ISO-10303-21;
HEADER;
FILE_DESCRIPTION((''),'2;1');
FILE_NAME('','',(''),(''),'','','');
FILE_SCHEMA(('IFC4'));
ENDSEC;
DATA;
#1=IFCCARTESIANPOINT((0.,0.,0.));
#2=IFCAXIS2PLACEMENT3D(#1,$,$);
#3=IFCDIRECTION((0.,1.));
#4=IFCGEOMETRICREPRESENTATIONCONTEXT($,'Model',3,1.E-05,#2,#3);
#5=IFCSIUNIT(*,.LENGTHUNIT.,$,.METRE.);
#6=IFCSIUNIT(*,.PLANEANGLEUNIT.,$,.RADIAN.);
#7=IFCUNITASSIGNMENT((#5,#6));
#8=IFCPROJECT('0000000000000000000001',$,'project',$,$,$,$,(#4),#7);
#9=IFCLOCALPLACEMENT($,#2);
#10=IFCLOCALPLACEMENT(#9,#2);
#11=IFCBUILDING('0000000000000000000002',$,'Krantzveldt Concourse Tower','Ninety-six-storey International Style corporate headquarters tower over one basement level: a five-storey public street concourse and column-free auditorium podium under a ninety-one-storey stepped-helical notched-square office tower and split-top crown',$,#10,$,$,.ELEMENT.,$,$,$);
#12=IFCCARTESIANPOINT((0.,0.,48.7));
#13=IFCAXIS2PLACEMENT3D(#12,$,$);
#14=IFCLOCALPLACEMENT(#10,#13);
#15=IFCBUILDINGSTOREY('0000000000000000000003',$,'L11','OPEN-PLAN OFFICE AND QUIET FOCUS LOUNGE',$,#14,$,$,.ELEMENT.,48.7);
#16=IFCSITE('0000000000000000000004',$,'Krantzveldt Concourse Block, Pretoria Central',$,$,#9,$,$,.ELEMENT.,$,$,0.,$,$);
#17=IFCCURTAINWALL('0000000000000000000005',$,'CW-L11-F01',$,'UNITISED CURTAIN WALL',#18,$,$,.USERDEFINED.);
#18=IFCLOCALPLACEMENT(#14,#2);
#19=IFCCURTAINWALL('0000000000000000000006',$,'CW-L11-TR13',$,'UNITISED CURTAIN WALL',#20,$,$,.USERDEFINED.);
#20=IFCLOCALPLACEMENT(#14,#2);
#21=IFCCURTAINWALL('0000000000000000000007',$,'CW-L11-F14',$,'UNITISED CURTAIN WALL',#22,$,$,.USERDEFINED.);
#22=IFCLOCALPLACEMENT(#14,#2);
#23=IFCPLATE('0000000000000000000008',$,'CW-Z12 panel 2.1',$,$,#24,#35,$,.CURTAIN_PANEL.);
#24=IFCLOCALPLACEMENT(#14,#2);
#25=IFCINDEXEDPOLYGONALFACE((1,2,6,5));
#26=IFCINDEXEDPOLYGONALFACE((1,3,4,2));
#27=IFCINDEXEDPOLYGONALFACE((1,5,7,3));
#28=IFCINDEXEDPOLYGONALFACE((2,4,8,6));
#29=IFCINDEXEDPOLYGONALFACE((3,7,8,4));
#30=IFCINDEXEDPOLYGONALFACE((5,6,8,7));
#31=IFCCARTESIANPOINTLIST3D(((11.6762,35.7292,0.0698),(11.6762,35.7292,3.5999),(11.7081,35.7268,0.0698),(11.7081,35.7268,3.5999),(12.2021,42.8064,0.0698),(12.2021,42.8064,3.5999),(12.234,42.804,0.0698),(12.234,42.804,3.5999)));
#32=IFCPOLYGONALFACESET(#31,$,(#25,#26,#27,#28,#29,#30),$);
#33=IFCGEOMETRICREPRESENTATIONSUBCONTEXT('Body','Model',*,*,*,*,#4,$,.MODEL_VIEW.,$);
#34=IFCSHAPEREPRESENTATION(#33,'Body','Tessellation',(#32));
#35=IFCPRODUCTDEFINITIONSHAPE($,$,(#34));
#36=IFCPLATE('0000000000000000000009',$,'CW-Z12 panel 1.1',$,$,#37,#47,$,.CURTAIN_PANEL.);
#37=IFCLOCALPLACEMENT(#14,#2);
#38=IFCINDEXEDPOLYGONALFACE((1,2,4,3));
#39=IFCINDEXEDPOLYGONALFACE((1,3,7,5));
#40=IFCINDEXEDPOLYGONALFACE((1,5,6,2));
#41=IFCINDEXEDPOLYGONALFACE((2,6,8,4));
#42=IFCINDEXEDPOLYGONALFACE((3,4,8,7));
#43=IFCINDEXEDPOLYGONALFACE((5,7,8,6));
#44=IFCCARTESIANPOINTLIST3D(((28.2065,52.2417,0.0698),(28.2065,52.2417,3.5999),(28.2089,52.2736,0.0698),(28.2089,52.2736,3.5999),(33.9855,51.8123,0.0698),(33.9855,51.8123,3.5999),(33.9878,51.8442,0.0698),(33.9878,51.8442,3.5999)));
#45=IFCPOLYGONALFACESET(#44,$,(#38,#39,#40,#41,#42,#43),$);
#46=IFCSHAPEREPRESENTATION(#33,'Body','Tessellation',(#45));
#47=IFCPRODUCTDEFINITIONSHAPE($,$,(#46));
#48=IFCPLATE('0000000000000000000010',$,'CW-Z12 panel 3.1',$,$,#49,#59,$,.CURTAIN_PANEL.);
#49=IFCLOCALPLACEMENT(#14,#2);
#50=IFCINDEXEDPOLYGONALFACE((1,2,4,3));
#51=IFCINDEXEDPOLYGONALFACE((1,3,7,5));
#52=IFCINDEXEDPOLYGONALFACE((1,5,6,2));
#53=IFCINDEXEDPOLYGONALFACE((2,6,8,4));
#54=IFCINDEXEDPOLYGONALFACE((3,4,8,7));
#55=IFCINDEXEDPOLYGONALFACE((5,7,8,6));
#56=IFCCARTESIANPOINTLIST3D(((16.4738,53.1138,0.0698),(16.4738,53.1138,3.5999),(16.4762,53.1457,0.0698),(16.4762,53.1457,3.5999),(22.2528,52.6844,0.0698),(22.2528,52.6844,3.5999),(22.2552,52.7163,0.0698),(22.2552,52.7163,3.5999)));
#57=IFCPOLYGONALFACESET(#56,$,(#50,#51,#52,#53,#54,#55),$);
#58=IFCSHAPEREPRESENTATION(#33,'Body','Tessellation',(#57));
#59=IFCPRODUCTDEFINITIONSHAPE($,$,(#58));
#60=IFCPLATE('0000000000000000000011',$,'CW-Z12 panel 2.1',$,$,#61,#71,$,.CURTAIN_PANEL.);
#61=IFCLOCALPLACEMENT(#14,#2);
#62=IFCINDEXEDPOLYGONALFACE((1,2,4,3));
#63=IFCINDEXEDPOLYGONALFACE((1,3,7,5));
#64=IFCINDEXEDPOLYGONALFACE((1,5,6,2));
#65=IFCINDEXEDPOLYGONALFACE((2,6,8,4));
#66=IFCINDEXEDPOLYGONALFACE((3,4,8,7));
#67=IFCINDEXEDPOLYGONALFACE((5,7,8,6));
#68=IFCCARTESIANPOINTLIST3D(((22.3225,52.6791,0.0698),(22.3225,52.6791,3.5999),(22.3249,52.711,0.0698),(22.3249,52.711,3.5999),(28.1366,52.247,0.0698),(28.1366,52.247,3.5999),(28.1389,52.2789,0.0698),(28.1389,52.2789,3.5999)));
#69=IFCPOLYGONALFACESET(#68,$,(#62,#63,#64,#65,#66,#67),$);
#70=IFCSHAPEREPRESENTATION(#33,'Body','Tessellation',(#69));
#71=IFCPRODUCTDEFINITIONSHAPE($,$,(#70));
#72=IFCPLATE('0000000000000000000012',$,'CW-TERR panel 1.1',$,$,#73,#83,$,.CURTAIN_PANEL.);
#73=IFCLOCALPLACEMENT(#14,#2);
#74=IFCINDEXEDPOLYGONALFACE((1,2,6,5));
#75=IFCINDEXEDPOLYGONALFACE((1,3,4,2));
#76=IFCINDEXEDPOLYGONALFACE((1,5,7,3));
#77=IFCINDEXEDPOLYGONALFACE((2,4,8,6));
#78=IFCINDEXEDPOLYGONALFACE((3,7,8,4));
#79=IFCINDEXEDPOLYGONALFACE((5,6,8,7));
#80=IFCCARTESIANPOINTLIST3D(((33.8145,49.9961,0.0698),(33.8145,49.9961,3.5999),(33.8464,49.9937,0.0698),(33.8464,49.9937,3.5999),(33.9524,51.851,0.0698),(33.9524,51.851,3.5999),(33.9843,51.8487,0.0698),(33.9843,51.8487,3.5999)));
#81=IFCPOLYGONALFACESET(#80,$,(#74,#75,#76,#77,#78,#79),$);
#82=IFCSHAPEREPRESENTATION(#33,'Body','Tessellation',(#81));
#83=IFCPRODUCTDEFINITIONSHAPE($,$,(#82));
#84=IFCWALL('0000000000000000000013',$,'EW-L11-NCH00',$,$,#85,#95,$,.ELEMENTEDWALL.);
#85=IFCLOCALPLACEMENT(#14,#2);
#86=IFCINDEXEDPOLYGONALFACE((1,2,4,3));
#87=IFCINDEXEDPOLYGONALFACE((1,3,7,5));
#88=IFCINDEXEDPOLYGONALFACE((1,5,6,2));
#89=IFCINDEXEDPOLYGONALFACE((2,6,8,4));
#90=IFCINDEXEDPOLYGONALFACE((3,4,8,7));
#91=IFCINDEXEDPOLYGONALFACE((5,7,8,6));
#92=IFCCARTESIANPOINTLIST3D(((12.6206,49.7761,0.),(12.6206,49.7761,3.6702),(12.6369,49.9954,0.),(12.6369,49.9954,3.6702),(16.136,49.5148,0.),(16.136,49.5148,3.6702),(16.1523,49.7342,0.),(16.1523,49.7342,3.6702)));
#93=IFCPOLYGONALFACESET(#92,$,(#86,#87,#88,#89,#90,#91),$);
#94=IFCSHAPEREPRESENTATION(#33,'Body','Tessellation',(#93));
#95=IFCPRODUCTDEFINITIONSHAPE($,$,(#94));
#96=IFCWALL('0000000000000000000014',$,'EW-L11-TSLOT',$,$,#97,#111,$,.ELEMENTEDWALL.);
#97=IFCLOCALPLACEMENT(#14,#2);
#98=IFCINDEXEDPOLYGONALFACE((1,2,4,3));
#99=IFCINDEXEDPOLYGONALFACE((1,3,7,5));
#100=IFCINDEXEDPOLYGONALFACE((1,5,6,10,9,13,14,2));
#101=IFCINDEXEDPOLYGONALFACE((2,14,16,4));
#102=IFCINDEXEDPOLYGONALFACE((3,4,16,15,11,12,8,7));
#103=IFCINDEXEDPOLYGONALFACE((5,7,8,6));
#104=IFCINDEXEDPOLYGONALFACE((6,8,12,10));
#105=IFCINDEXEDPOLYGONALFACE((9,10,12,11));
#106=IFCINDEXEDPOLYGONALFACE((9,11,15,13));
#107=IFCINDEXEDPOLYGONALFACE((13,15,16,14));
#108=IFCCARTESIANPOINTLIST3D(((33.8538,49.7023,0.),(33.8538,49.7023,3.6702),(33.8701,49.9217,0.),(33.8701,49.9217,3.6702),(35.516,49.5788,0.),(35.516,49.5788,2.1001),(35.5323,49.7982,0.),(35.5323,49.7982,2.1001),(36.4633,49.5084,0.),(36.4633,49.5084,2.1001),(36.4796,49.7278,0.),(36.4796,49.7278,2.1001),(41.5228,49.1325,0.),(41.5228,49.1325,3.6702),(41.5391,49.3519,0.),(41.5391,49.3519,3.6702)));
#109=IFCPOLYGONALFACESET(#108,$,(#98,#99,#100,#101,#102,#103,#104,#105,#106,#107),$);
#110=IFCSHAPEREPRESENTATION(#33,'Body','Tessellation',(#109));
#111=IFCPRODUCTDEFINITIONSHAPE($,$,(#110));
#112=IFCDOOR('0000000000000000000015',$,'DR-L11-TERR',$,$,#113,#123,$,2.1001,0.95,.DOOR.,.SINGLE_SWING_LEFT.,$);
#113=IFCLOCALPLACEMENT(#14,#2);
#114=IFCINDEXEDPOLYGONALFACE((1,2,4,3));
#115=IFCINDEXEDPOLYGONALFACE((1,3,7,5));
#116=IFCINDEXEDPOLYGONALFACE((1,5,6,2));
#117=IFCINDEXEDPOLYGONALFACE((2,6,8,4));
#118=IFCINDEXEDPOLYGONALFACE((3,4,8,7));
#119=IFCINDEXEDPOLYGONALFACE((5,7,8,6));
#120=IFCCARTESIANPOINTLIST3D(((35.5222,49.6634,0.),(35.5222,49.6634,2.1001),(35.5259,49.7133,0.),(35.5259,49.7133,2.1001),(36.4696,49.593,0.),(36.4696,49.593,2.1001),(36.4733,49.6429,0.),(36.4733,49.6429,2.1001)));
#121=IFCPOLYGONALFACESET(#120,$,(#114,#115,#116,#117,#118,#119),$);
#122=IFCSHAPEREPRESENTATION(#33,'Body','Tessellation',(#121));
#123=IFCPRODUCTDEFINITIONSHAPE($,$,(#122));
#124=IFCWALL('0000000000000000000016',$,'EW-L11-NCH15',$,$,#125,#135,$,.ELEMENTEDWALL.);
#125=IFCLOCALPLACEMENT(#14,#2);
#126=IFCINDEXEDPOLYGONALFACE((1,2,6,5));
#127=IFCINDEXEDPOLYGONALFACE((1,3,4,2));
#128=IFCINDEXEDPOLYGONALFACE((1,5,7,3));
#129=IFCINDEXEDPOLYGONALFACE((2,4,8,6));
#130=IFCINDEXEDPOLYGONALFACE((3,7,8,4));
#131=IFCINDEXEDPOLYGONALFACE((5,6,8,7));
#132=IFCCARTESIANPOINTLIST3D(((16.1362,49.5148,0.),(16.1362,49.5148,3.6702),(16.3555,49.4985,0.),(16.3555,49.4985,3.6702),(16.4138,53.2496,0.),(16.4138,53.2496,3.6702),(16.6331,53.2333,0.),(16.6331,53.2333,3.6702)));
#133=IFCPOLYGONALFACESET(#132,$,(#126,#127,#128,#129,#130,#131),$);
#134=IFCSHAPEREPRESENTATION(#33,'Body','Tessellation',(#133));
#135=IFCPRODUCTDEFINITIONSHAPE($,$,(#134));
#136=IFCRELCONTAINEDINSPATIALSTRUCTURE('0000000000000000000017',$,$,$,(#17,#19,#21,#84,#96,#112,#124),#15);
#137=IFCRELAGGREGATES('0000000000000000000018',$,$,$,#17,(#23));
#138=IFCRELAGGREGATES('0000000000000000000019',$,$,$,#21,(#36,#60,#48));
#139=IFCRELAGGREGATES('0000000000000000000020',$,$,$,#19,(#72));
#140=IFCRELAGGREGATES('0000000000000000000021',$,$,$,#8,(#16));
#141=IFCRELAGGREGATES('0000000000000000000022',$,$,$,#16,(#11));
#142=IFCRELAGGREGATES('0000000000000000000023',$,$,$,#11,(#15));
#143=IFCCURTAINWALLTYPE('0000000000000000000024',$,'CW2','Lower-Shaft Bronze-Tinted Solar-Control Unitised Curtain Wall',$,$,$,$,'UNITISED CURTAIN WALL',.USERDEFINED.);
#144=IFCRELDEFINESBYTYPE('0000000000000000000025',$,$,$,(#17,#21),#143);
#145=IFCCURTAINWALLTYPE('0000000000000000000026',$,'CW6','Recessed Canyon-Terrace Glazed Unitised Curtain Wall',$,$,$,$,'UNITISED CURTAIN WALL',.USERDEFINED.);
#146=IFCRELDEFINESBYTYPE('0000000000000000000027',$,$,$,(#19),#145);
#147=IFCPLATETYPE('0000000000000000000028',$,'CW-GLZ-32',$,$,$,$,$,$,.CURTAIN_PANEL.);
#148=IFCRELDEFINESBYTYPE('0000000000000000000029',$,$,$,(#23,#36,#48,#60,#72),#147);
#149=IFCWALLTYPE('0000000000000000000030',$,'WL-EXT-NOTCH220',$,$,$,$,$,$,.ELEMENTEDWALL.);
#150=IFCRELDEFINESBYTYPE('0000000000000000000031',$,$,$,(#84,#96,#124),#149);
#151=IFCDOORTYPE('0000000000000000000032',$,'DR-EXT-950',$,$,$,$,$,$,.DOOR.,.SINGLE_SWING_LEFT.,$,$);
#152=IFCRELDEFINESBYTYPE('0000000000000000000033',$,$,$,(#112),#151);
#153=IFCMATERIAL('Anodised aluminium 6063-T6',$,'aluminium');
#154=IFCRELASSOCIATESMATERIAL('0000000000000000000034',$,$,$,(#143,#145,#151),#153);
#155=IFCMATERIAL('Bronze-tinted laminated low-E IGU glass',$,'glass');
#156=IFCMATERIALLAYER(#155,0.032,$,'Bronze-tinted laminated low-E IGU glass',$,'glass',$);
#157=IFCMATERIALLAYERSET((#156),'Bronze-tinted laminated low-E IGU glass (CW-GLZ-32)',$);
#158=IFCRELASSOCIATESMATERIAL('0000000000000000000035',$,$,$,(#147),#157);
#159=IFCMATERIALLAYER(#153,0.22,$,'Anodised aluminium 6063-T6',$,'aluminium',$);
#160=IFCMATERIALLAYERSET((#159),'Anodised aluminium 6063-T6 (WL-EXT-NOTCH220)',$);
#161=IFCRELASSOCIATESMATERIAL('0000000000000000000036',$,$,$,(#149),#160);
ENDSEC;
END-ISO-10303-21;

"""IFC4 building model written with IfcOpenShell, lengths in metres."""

from ifc_helpers import new_model, si_unit, direction, frame, frame_2d, origin, origin_2d, place, context, subcontext, project, spatial, rectangle, extrude, source, transform, mapped, material, layer, layer_set, type_object, element, fill, aggregate, save


model = new_model("IFC4")

# Units and contexts
model_context = context("Model", 3, precision=1e-05, world=origin(), true_north=direction((0.0, 1.0)))
body_context = subcontext(model_context, "Body", "Model", "MODEL_VIEW")
ifc_project = project(units=[si_unit("LENGTHUNIT", "METRE"), si_unit("PLANEANGLEUNIT", "RADIAN")], contexts=[model_context])

# Site, building, storey
site_placement = place(None, origin())
site = spatial("IfcSite", under=ifc_project, at=site_placement, Name="Krantzveldt Concourse Block, Pretoria Central", CompositionType="ELEMENT", RefElevation=0.0)
building_placement = place(site_placement, origin())
building = spatial("IfcBuilding", under=site, at=building_placement, Name="Krantzveldt Concourse Tower", Description="Ninety-six-storey International Style corporate headquarters tower over one basement level: a five-storey public street concourse and column-free auditorium podium under a ninety-one-storey stepped-helical notched-square office tower and split-top crown", CompositionType="ELEMENT")
storey_placement = place(building_placement, frame((0.0, 0.0, 48.7)))
storey = spatial("IfcBuildingStorey", under=building, at=storey_placement, Name="L11", Description="OPEN-PLAN OFFICE AND QUIET FOCUS LOUNGE", CompositionType="ELEMENT", Elevation=48.7)

# Curtain walls
ifc_material_1 = material(Name="Anodised aluminium 6063-T6", Category="aluminium")
curtain_wall_type_1 = type_object("IfcCurtainWallType", Name="CW2", Description="Lower-Shaft Bronze-Tinted Solar-Control Unitised Curtain Wall", ElementType="UNITISED CURTAIN WALL", PredefinedType="USERDEFINED", material=ifc_material_1)
curtain_wall_1_placement = place(storey_placement, origin())
curtain_wall_1 = element("IfcCurtainWall", 1, at=curtain_wall_1_placement, inside=storey, type_object=curtain_wall_type_1, Name="CW-L11-F01", ObjectType="UNITISED CURTAIN WALL", PredefinedType="USERDEFINED")
curtain_wall_type_2 = type_object("IfcCurtainWallType", Name="CW6", Description="Recessed Canyon-Terrace Glazed Unitised Curtain Wall", ElementType="UNITISED CURTAIN WALL", PredefinedType="USERDEFINED", material=ifc_material_1)
curtain_wall_2_placement = place(storey_placement, origin())
curtain_wall_2 = element("IfcCurtainWall", 2, at=curtain_wall_2_placement, inside=storey, type_object=curtain_wall_type_2, Name="CW-L11-TR13", ObjectType="UNITISED CURTAIN WALL", PredefinedType="USERDEFINED")
curtain_wall_3_placement = place(storey_placement, origin())
curtain_wall_3 = element("IfcCurtainWall", 3, at=curtain_wall_3_placement, inside=storey, type_object=curtain_wall_type_1, Name="CW-L11-F14", ObjectType="UNITISED CURTAIN WALL", PredefinedType="USERDEFINED")

# Plates
ifc_material_2 = material(Name="Bronze-tinted laminated low-E IGU glass", Category="glass")
ifc_layer_1 = layer(ifc_material_2, 0.032, Name="Bronze-tinted laminated low-E IGU glass", Category="glass")
ifc_layer_set_1 = layer_set([ifc_layer_1], Name="Bronze-tinted laminated low-E IGU glass (CW-GLZ-32)")
plate_type = type_object("IfcPlateType", Name="CW-GLZ-32", PredefinedType="CURTAIN_PANEL", material=ifc_layer_set_1)
shared_shape_1 = source(origin(), body_context, "Body", "SweptSolid", [
    extrude(rectangle(XDim=7.0967, YDim=0.032, at=origin_2d()), origin(), (0.0, 0.0, 1.0), 3.53),
])
plate_1_placement = place(storey_placement, frame((11.9551, 39.2666, 0.0698), z_axis=(0.0, 0.0, 1.0), x_axis=(-0.074109, -0.99725, 0.0)))
plate_1 = element("IfcPlate", 4, at=plate_1_placement, type_object=plate_type, Name="CW-Z12 panel 2.1", PredefinedType="CURTAIN_PANEL", context=body_context, shape_type="MappedRepresentation", body=[
    mapped(shared_shape_1, transform((0.0, 0.0, 0.0), x_axis=(1.0, 0.0, 0.0), y_axis=(0.0, 1.0, 0.0), z_axis=(0.0, 0.0, 1.0), scale=1.0)),
])
aggregate(curtain_wall_1, [plate_1])
shared_shape_2 = source(origin(), body_context, "Body", "SweptSolid", [
    extrude(rectangle(XDim=5.7949, YDim=0.032, at=origin_2d()), origin(), (0.0, 0.0, 1.0), 3.53),
])
plate_2_placement = place(storey_placement, frame((31.0972, 52.043, 0.0698), z_axis=(0.0, 0.0, 1.0), x_axis=(-0.99725, 0.074108, 0.0)))
plate_2 = element("IfcPlate", 5, at=plate_2_placement, type_object=plate_type, Name="CW-Z12 panel 1.1", PredefinedType="CURTAIN_PANEL", context=body_context, shape_type="MappedRepresentation", body=[
    mapped(shared_shape_2, transform((0.0, 0.0, 0.0), x_axis=(1.0, 0.0, 0.0), y_axis=(0.0, 1.0, 0.0), z_axis=(0.0, 0.0, 1.0), scale=1.0)),
])
plate_3_placement = place(storey_placement, frame((19.3645, 52.915, 0.0698), z_axis=(0.0, 0.0, 1.0), x_axis=(-0.99725, 0.074108, 0.0)))
plate_3 = element("IfcPlate", 6, at=plate_3_placement, type_object=plate_type, Name="CW-Z12 panel 3.1", PredefinedType="CURTAIN_PANEL", context=body_context, shape_type="MappedRepresentation", body=[
    mapped(shared_shape_2, transform((0.0, 0.0, 0.0), x_axis=(1.0, 0.0, 0.0), y_axis=(0.0, 1.0, 0.0), z_axis=(0.0, 0.0, 1.0), scale=1.0)),
])
shared_shape_3 = source(origin(), body_context, "Body", "SweptSolid", [
    extrude(rectangle(XDim=5.8301, YDim=0.032, at=origin_2d()), origin(), (0.0, 0.0, 1.0), 3.53),
])
plate_4_placement = place(storey_placement, frame((25.2307, 52.479, 0.0698), z_axis=(0.0, 0.0, 1.0), x_axis=(-0.99725, 0.074108, 0.0)))
plate_4 = element("IfcPlate", 7, at=plate_4_placement, type_object=plate_type, Name="CW-Z12 panel 2.1", PredefinedType="CURTAIN_PANEL", context=body_context, shape_type="MappedRepresentation", body=[
    mapped(shared_shape_3, transform((0.0, 0.0, 0.0), x_axis=(1.0, 0.0, 0.0), y_axis=(0.0, 1.0, 0.0), z_axis=(0.0, 0.0, 1.0), scale=1.0)),
])
aggregate(curtain_wall_3, [plate_2, plate_4, plate_3])
shared_shape_4 = source(origin(), body_context, "Body", "SweptSolid", [
    extrude(rectangle(XDim=1.8601, YDim=0.032, at=origin_2d()), origin(), (0.0, 0.0, 1.0), 3.53),
])
plate_5_placement = place(storey_placement, frame((33.8994, 50.9224, 0.0698), z_axis=(0.0, 0.0, 1.0), x_axis=(0.07411, 0.99725, 0.0)))
plate_5 = element("IfcPlate", 8, at=plate_5_placement, type_object=plate_type, Name="CW-TERR panel 1.1", PredefinedType="CURTAIN_PANEL", context=body_context, shape_type="MappedRepresentation", body=[
    mapped(shared_shape_4, transform((0.0, 0.0, 0.0), x_axis=(1.0, 0.0, 0.0), y_axis=(0.0, 1.0, 0.0), z_axis=(0.0, 0.0, 1.0), scale=1.0)),
])
aggregate(curtain_wall_2, [plate_5])

# Wall
ifc_layer_2 = layer(ifc_material_1, 0.22, Name="Anodised aluminium 6063-T6", Category="aluminium")
ifc_layer_set_2 = layer_set([ifc_layer_2], Name="Anodised aluminium 6063-T6 (WL-EXT-NOTCH220)")
wall_type = type_object("IfcWallType", Name="WL-EXT-NOTCH220", PredefinedType="ELEMENTEDWALL", material=ifc_layer_set_2)
wall_1_placement = place(storey_placement, frame((16.1443, 49.6245, 0.0), z_axis=(0.0, 0.0, 1.0), x_axis=(-0.99725, 0.074106, 0.0)))
element("IfcWall", 9, at=wall_1_placement, inside=storey, type_object=wall_type, Name="EW-L11-NCH00", PredefinedType="ELEMENTEDWALL", context=body_context, shape_type="SweptSolid", body=[
    extrude(rectangle(XDim=3.5251, YDim=0.22, at=frame_2d((1.7627, 0.0))), origin(), (0.0, 0.0, 1.0), 3.6702),
])

# Wall, opening, door
wall_2_placement = place(storey_placement, frame((33.8618, 49.812, 0.0), z_axis=(0.0, 0.0, 1.0), x_axis=(0.997251, -0.074099, 0.0)))
wall_2 = element("IfcWall", 10, at=wall_2_placement, inside=storey, type_object=wall_type, Name="EW-L11-TSLOT", PredefinedType="ELEMENTEDWALL", context=body_context, shape_type="SweptSolid", body=[
    extrude(rectangle(XDim=7.6902, YDim=0.22, at=frame_2d((3.8452, 0.0))), origin(), (0.0, 0.0, 1.0), 3.6702),
])
opening_placement = place(wall_2_placement, frame((1.6667, 0.0, 0.0)))
opening = element("IfcOpeningElement", 11, at=opening_placement, cuts=wall_2, PredefinedType="OPENING", context=body_context, shape_type="SweptSolid", body=[
    extrude(rectangle(XDim=0.95, YDim=2.1001, at=frame_2d((0.4751, 1.05))), frame((0.0, 0.1201, 0.0), z_axis=(0.0, -1.0, 0.0), x_axis=(1.0, 0.0, 0.0)), (0.0, 0.0, 1.0), 0.24),
])
door_type = type_object("IfcDoorType", Name="DR-EXT-950", OperationType="SINGLE_SWING_LEFT", PredefinedType="DOOR", material=ifc_material_1)
door_placement = place(opening_placement, origin())
door = element("IfcDoor", 12, at=door_placement, inside=storey, type_object=door_type, Name="DR-L11-TERR", OperationType="SINGLE_SWING_LEFT", OverallHeight=2.1001, OverallWidth=0.95, PredefinedType="DOOR", context=body_context, shape_type="SweptSolid", body=[
    extrude(rectangle(XDim=0.95, YDim=2.1001, at=frame_2d((0.4751, 1.05))), frame((0.0, 0.0249, 0.0), z_axis=(0.0, -1.0, 0.0), x_axis=(1.0, 0.0, 0.0)), (0.0, 0.0, 1.0), 0.05),
])
fill(opening, door)

# Wall
wall_3_placement = place(storey_placement, frame((16.5234, 53.2415, 0.0), z_axis=(0.0, 0.0, 1.0), x_axis=(-0.074119, -0.997249, 0.0)))
element("IfcWall", 13, at=wall_3_placement, inside=storey, type_object=wall_type, Name="EW-L11-NCH15", PredefinedType="ELEMENTEDWALL", context=body_context, shape_type="SweptSolid", body=[
    extrude(rectangle(XDim=3.7451, YDim=0.22, at=frame_2d((1.8726, 0.0))), origin(), (0.0, 0.0, 1.0), 3.6702),
])

save(model, "model.ifc")
